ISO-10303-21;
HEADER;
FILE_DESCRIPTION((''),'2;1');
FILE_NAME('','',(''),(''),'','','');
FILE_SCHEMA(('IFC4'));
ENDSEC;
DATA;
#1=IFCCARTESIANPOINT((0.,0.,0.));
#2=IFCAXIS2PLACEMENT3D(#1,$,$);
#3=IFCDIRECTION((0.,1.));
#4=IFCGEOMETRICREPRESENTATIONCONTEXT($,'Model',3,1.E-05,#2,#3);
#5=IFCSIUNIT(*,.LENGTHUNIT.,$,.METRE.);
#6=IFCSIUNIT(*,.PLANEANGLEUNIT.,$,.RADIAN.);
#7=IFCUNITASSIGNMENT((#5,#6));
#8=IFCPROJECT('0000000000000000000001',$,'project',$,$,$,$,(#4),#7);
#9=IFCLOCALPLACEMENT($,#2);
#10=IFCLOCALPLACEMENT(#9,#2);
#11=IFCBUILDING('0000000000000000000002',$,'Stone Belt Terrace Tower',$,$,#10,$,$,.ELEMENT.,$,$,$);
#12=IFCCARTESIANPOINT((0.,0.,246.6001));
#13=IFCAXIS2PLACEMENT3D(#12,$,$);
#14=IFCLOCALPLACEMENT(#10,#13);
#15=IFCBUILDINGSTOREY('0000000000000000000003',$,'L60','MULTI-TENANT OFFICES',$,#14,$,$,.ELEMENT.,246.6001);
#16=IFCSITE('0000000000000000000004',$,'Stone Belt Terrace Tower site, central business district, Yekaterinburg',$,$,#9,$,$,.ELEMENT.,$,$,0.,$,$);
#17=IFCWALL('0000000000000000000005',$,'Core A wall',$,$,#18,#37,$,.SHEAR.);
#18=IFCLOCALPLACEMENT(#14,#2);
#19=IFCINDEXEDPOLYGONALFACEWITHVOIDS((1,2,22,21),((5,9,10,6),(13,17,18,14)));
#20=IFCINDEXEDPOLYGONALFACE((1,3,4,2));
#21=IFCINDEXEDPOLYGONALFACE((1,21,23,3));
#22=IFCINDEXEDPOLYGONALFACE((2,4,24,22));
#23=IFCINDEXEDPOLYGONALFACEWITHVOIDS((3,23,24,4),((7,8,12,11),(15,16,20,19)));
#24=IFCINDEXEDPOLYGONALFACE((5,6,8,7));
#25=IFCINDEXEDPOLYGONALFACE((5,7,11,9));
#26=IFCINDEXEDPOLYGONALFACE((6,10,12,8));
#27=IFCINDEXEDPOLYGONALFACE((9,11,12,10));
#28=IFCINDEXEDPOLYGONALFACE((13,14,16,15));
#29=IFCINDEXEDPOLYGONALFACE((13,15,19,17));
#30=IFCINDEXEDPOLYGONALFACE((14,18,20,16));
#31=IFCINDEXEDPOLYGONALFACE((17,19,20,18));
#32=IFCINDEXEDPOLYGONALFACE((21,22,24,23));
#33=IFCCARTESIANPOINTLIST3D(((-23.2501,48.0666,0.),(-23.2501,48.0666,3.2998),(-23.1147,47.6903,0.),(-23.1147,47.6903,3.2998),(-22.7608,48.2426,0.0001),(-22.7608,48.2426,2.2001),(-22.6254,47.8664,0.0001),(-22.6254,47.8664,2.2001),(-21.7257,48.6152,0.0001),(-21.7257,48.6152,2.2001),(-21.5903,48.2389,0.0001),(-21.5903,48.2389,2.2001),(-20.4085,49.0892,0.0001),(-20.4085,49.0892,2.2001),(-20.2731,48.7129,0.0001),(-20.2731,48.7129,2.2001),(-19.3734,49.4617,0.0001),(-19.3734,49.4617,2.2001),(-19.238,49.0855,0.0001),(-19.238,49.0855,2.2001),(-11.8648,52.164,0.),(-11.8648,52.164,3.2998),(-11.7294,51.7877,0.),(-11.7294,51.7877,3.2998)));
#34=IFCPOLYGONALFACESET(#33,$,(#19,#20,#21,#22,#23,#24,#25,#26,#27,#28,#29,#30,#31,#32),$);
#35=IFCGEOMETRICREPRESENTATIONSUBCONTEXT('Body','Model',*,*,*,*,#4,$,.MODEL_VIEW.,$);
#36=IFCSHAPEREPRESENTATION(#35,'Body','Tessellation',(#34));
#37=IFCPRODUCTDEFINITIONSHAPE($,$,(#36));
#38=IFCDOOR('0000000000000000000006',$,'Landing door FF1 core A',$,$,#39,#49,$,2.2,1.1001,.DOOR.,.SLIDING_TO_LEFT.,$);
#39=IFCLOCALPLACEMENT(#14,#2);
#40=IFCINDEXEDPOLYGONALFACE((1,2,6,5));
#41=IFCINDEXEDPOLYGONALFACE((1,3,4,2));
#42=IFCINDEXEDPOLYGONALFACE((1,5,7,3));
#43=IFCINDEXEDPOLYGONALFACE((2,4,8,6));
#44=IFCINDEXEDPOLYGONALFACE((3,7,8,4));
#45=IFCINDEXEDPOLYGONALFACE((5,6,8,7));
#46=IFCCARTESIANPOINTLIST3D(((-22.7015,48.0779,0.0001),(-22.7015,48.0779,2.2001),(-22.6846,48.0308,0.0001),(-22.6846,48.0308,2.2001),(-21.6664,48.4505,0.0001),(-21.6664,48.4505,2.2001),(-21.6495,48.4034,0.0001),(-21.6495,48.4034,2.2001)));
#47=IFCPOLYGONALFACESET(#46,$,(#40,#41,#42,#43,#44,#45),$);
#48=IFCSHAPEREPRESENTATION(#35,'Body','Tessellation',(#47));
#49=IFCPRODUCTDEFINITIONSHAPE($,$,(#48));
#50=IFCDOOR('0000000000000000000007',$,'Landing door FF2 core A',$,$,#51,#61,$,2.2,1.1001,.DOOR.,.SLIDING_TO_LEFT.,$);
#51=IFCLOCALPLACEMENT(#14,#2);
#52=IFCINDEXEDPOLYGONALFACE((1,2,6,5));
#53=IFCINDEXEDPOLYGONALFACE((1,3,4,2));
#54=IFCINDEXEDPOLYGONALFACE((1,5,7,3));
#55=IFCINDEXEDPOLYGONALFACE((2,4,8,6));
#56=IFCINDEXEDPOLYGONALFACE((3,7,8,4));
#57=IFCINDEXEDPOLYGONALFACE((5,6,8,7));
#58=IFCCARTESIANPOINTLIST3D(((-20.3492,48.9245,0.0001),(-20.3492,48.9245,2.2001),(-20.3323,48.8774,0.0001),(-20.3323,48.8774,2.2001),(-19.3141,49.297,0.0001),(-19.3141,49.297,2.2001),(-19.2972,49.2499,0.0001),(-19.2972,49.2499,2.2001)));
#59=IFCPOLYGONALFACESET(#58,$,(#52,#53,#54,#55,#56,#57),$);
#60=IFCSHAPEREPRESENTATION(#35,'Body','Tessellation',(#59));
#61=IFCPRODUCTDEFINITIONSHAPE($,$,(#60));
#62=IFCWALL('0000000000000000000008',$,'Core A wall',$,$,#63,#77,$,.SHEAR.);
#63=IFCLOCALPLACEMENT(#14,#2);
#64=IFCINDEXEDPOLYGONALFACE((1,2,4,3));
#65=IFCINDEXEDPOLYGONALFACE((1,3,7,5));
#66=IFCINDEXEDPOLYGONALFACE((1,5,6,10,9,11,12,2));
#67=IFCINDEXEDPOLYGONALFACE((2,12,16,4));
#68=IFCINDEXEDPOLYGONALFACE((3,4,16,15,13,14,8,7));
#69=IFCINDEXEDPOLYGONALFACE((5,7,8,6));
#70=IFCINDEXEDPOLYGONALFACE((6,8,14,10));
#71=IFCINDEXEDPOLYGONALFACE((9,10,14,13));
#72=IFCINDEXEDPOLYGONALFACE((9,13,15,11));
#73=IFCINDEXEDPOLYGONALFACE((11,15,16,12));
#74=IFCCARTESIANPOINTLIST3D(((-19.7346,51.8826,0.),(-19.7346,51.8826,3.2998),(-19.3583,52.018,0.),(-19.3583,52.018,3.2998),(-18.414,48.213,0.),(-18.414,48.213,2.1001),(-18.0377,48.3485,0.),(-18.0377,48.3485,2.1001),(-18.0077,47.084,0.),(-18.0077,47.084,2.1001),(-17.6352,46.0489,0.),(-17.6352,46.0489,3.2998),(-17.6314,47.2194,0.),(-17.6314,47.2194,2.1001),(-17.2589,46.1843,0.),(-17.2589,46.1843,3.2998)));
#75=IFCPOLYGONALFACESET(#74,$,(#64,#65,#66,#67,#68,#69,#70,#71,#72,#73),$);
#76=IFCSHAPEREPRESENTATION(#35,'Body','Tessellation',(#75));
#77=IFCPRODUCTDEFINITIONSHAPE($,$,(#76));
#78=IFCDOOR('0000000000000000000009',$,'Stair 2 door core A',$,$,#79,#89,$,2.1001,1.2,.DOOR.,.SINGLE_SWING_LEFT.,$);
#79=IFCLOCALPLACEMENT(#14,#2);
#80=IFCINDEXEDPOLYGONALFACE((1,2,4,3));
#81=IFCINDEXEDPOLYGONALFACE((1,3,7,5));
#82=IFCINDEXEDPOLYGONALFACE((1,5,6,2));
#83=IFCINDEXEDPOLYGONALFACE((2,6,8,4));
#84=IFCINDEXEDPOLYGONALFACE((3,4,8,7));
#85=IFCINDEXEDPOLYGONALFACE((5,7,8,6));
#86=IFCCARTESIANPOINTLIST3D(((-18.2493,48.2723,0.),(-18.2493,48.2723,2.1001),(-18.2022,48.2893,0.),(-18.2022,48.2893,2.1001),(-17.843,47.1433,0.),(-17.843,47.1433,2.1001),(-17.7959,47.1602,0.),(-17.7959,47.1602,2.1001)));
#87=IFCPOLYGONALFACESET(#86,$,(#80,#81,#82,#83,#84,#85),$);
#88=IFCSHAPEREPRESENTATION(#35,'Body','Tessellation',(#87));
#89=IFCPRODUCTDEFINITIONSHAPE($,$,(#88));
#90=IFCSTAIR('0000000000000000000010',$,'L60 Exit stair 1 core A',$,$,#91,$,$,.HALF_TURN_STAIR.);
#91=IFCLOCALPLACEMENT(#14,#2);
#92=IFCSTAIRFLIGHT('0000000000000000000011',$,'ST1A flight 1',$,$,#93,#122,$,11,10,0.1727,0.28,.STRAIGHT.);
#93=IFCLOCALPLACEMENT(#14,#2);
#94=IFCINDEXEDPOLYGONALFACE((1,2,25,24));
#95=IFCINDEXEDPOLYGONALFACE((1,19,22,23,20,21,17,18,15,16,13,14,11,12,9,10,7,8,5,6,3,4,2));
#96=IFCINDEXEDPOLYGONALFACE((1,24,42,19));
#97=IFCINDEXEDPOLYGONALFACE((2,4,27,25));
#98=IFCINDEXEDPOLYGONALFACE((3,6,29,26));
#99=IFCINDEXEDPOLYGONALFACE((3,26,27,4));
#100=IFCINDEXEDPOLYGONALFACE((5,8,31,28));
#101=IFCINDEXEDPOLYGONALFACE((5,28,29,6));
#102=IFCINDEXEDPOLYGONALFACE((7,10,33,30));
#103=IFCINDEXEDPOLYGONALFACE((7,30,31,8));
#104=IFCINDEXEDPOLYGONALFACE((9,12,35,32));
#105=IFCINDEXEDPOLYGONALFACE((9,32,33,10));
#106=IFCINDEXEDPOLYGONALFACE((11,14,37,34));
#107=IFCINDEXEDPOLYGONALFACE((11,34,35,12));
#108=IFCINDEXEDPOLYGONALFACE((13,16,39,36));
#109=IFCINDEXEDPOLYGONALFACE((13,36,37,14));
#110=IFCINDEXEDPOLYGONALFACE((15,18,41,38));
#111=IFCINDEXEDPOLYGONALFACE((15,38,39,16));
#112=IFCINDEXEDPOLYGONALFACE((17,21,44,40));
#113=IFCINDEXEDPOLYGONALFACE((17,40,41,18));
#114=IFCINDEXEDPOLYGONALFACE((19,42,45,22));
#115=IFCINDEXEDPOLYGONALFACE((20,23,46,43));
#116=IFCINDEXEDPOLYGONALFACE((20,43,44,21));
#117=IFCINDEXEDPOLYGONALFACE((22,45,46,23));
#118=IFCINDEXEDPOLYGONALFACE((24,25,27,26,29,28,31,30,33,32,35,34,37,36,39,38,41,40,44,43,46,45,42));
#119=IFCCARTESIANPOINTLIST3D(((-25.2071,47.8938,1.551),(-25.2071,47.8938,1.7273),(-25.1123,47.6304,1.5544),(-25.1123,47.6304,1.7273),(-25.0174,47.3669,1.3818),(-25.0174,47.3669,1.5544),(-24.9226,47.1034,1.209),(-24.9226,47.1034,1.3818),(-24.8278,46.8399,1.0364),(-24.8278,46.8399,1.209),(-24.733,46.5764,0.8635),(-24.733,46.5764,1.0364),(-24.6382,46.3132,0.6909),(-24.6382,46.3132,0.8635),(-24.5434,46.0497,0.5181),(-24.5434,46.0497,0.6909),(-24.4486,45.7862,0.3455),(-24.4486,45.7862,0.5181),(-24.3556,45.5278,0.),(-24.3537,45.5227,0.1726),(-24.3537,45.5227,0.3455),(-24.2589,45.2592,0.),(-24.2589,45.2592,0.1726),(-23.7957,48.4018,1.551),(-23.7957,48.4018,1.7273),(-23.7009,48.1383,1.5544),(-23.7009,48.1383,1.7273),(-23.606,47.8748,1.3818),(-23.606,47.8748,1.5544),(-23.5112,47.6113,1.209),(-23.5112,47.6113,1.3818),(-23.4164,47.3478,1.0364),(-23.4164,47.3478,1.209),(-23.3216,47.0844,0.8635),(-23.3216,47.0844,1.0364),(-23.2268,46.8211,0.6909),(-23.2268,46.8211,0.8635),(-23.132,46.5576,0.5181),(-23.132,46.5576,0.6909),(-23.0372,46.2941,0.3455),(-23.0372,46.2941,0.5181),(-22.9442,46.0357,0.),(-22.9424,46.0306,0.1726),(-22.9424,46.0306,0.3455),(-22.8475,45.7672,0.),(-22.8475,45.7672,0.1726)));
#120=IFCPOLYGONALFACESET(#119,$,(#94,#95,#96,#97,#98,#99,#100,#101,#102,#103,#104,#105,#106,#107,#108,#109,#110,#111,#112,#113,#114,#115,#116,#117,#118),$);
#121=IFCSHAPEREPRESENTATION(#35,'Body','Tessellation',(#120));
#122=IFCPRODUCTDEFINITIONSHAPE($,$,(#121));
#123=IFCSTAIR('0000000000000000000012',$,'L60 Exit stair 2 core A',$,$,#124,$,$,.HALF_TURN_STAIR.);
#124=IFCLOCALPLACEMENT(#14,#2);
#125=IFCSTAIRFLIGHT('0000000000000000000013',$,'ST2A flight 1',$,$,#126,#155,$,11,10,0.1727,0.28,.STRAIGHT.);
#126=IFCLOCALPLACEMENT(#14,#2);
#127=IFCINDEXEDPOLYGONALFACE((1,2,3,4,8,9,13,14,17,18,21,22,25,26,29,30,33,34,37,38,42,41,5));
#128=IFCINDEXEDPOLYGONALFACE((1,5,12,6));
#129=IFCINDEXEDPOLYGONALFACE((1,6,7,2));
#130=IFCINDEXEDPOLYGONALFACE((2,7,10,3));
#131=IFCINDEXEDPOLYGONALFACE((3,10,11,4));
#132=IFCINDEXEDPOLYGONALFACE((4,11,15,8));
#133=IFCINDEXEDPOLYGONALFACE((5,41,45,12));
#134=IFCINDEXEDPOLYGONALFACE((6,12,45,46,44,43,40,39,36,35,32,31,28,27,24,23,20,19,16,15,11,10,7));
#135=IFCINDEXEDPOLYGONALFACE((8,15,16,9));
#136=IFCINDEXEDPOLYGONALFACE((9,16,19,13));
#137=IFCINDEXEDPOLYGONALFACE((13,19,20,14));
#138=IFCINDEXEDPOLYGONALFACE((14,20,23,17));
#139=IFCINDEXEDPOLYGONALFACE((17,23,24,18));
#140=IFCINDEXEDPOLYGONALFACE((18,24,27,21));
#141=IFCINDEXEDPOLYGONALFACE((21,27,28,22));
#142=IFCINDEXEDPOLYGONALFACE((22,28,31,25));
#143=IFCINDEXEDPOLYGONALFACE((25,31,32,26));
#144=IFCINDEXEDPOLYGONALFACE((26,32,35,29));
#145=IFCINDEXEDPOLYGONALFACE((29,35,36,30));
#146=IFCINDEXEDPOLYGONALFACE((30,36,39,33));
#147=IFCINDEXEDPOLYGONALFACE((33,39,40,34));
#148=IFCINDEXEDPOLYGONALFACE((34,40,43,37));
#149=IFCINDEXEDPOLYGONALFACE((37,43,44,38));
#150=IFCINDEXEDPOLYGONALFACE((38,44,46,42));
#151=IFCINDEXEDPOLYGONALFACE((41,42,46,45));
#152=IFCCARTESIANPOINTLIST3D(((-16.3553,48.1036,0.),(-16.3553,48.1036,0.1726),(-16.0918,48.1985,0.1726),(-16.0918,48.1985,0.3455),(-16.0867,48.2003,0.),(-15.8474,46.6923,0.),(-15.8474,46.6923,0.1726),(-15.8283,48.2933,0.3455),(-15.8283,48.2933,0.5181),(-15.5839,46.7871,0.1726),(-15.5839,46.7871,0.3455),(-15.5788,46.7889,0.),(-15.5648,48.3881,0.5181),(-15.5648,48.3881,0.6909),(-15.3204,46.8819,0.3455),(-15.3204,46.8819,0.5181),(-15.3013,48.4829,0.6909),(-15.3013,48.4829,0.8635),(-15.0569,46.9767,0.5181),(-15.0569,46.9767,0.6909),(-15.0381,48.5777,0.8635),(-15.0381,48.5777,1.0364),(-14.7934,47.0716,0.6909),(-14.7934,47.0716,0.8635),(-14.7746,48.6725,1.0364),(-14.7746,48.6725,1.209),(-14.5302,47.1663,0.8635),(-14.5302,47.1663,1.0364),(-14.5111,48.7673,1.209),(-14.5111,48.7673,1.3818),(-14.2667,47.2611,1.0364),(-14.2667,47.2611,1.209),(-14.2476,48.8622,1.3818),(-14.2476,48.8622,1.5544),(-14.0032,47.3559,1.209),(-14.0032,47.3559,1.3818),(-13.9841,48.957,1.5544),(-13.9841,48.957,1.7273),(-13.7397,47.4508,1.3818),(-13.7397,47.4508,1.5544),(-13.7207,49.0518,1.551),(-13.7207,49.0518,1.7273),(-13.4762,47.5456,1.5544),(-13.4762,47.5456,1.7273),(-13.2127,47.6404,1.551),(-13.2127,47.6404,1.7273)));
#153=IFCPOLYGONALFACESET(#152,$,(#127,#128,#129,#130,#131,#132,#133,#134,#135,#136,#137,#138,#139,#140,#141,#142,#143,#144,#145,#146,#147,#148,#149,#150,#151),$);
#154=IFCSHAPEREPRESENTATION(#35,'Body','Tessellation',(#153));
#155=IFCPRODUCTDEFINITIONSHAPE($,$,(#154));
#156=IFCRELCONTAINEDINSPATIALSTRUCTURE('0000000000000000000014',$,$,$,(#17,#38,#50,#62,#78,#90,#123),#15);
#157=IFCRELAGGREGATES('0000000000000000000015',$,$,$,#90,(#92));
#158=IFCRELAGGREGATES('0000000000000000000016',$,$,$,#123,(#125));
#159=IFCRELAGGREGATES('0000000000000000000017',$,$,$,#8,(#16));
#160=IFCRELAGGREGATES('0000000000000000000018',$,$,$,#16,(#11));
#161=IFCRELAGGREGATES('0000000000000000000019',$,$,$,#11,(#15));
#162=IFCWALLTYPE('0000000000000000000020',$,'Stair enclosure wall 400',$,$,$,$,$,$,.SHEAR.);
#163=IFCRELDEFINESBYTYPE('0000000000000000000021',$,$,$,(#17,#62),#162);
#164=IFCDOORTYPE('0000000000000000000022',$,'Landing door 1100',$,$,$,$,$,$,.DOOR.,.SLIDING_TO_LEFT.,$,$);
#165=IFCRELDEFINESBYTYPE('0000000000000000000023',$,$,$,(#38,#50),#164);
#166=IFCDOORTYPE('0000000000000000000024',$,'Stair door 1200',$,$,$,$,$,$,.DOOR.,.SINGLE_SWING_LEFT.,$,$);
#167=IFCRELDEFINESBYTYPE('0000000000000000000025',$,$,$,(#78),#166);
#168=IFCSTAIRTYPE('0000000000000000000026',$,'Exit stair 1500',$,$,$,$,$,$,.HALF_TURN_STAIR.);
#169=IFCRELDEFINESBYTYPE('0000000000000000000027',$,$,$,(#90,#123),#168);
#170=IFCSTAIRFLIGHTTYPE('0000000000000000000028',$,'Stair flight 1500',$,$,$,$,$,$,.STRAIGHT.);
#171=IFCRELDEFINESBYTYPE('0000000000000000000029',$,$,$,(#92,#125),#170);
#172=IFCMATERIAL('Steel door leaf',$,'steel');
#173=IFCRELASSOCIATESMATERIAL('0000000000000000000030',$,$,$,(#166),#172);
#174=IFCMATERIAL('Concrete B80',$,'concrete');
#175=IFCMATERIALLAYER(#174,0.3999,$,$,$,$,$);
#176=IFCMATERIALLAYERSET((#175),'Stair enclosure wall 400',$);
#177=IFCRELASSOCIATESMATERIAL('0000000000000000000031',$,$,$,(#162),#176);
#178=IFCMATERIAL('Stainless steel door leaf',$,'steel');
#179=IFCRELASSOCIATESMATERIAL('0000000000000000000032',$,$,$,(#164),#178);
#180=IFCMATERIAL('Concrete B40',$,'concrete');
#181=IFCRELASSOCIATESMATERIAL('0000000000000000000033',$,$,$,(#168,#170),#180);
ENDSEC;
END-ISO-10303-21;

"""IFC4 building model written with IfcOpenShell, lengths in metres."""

from ifc_helpers import new_model, si_unit, direction, frame, frame_2d, origin, place, context, subcontext, project, spatial, polyline, rectangle, outline, extrude, material, layer, layer_set, type_object, element, fill, aggregate, save


model = new_model("IFC4")

# Units and contexts
model_context = context("Model", 3, precision=1e-05, world=origin(), true_north=direction((0.0, 1.0)))
body_context = subcontext(model_context, "Body", "Model", "MODEL_VIEW")
ifc_project = project(units=[si_unit("LENGTHUNIT", "METRE"), si_unit("PLANEANGLEUNIT", "RADIAN")], contexts=[model_context])

# Site, building, storey
site_placement = place(None, origin())
site = spatial("IfcSite", under=ifc_project, at=site_placement, Name="Stone Belt Terrace Tower site, central business district, Yekaterinburg", CompositionType="ELEMENT", RefElevation=0.0)
building_placement = place(site_placement, origin())
building = spatial("IfcBuilding", under=site, at=building_placement, Name="Stone Belt Terrace Tower", CompositionType="ELEMENT")
storey_placement = place(building_placement, frame((0.0, 0.0, 246.6001)))
storey = spatial("IfcBuildingStorey", under=building, at=storey_placement, Name="L60", Description="MULTI-TENANT OFFICES", CompositionType="ELEMENT", Elevation=246.6001)

# Shared definitions
ifc_material_1 = material(Name="Concrete B80", Category="concrete")

# Shared definitions
ifc_material_2 = material(Name="Steel door leaf", Category="steel")
door_type_1 = type_object("IfcDoorType", Name="Stair door 1200", OperationType="SINGLE_SWING_LEFT", PredefinedType="DOOR", material=ifc_material_2)
ifc_layer_1 = layer(ifc_material_1, 0.3999)
ifc_layer_set_1 = layer_set([ifc_layer_1], Name="Stair enclosure wall 400")
wall_type_1 = type_object("IfcWallType", Name="Stair enclosure wall 400", PredefinedType="SHEAR", material=ifc_layer_set_1)

# Wall, openings, doors
wall_1_placement = place(storey_placement, frame((-23.1824, 47.8784, 0.0), z_axis=(0.0, 0.0, 1.0), x_axis=(0.940921, 0.338626, 0.0)))
wall_1 = element("IfcWall", 1, at=wall_1_placement, inside=storey, type_object=wall_type_1, Name="Core A wall", PredefinedType="SHEAR", context=body_context, shape_type="SweptSolid", body=[
    extrude(rectangle(XDim=12.1001, YDim=0.3999, at=frame_2d((6.05, 0.0))), origin(), (0.0, 0.0, 1.0), 3.2998),
])
opening_1_placement = place(wall_1_placement, frame((0.52, 0.0, 0.0)))
opening_1 = element("IfcOpeningElement", 2, at=opening_1_placement, cuts=wall_1, PredefinedType="OPENING", context=body_context, shape_type="SweptSolid", body=[
    extrude(rectangle(XDim=1.1001, YDim=2.2, at=frame_2d((0.55, 1.1001))), frame((0.0, 0.21, 0.0), z_axis=(0.0, -1.0, 0.0), x_axis=(1.0, 0.0, 0.0)), (0.0, 0.0, 1.0), 0.4199),
])
opening_2_placement = place(wall_1_placement, frame((3.02, 0.0, 0.0)))
opening_2 = element("IfcOpeningElement", 3, at=opening_2_placement, cuts=wall_1, PredefinedType="OPENING", context=body_context, shape_type="SweptSolid", body=[
    extrude(rectangle(XDim=1.1001, YDim=2.2, at=frame_2d((0.55, 1.1001))), frame((0.0, 0.21, 0.0), z_axis=(0.0, -1.0, 0.0), x_axis=(1.0, 0.0, 0.0)), (0.0, 0.0, 1.0), 0.4199),
])
ifc_material_3 = material(Name="Stainless steel door leaf", Category="steel")
door_type_2 = type_object("IfcDoorType", Name="Landing door 1100", OperationType="SLIDING_TO_LEFT", PredefinedType="DOOR", material=ifc_material_3)
door_1_placement = place(opening_1_placement, origin())
door_1 = element("IfcDoor", 4, at=door_1_placement, inside=storey, type_object=door_type_2, Name="Landing door FF1 core A", OperationType="SLIDING_TO_LEFT", OverallHeight=2.2, OverallWidth=1.1001, PredefinedType="DOOR", context=body_context, shape_type="SweptSolid", body=[
    extrude(rectangle(XDim=1.1001, YDim=2.2, at=frame_2d((0.55, 1.1001))), frame((0.0, 0.0249, 0.0), z_axis=(0.0, -1.0, 0.0), x_axis=(1.0, 0.0, 0.0)), (0.0, 0.0, 1.0), 0.05),
])
fill(opening_1, door_1)
door_2_placement = place(opening_2_placement, origin())
door_2 = element("IfcDoor", 5, at=door_2_placement, inside=storey, type_object=door_type_2, Name="Landing door FF2 core A", OperationType="SLIDING_TO_LEFT", OverallHeight=2.2, OverallWidth=1.1001, PredefinedType="DOOR", context=body_context, shape_type="SweptSolid", body=[
    extrude(rectangle(XDim=1.1001, YDim=2.2, at=frame_2d((0.55, 1.1001))), frame((0.0, 0.0249, 0.0), z_axis=(0.0, -1.0, 0.0), x_axis=(1.0, 0.0, 0.0)), (0.0, 0.0, 1.0), 0.05),
])
fill(opening_2, door_2)

# Wall, opening, door
wall_2_placement = place(storey_placement, frame((-17.447, 46.1165, 0.0), z_axis=(0.0, 0.0, 1.0), x_axis=(-0.338608, 0.940928, 0.0)))
wall_2 = element("IfcWall", 6, at=wall_2_placement, inside=storey, type_object=wall_type_1, Name="Core A wall", PredefinedType="SHEAR", context=body_context, shape_type="SweptSolid", body=[
    extrude(rectangle(XDim=6.2, YDim=0.3999, at=frame_2d((3.1001, 0.0))), origin(), (0.0, 0.0, 1.0), 3.2998),
])
opening_3_placement = place(wall_2_placement, frame((1.1001, 0.0, 0.0)))
opening_3 = element("IfcOpeningElement", 7, at=opening_3_placement, cuts=wall_2, PredefinedType="OPENING", context=body_context, shape_type="SweptSolid", body=[
    extrude(rectangle(XDim=1.2, YDim=2.1001, at=frame_2d((0.6001, 1.05))), frame((0.0, 0.21, 0.0), z_axis=(0.0, -1.0, 0.0), x_axis=(1.0, 0.0, 0.0)), (0.0, 0.0, 1.0), 0.4199),
])
door_3_placement = place(opening_3_placement, origin())
door_3 = element("IfcDoor", 8, at=door_3_placement, inside=storey, type_object=door_type_1, Name="Stair 2 door core A", OperationType="SINGLE_SWING_LEFT", OverallHeight=2.1001, OverallWidth=1.2, PredefinedType="DOOR", context=body_context, shape_type="SweptSolid", body=[
    extrude(rectangle(XDim=1.2, YDim=2.1001, at=frame_2d((0.6001, 1.05))), frame((0.0, 0.0249, 0.0), z_axis=(0.0, -1.0, 0.0), x_axis=(1.0, 0.0, 0.0)), (0.0, 0.0, 1.0), 0.05),
])
fill(opening_3, door_3)

# Stairs, stair flights
ifc_material_4 = material(Name="Concrete B40", Category="concrete")
stair_type = type_object("IfcStairType", Name="Exit stair 1500", PredefinedType="HALF_TURN_STAIR", material=ifc_material_4)
stair_1_placement = place(storey_placement, origin())
stair_1 = element("IfcStair", 9, at=stair_1_placement, inside=storey, type_object=stair_type, Name="L60 Exit stair 1 core A", PredefinedType="HALF_TURN_STAIR")
stair_flight_type = type_object("IfcStairFlightType", Name="Stair flight 1500", PredefinedType="STRAIGHT", material=ifc_material_4)
stair_flight_1_placement = place(storey_placement, frame((-23.5532, 45.5132, 0.0), z_axis=(0.0, 0.0, 1.0), x_axis=(-0.338624, 0.940922, 0.0)))
stair_flight_1 = element("IfcStairFlight", 10, at=stair_flight_1_placement, type_object=stair_flight_type, Name="ST1A flight 1", NumberOfRisers=11, NumberOfTreads=10, PredefinedType="STRAIGHT", RiserHeight=0.1727, TreadLength=0.28, context=body_context, shape_type="SweptSolid", body=[
    extrude(outline(polyline([(0.0, 0.0), (0.0, 0.1726), (0.28, 0.1726), (0.28, 0.3455), (0.5601, 0.3455), (0.5601, 0.5181), (0.8401, 0.5181), (0.8401, 0.6909), (1.1201, 0.6909), (1.1201, 0.8635), (1.3999, 0.8635), (1.3999, 1.0364), (1.6799, 1.0364), (1.6799, 1.209), (1.96, 1.209), (1.96, 1.3818), (2.24, 1.3818), (2.24, 1.5544), (2.52, 1.5544), (2.52, 1.7273), (2.8, 1.7273), (2.8, 1.8999), (2.8, 1.551), (0.2854, 0.0), (0.0, 0.0)])), frame((0.0, 0.75, 0.0), z_axis=(0.0, -1.0, 0.0), x_axis=(1.0, 0.0, 0.0)), (0.0, 0.0, 1.0), 1.5),
])
aggregate(stair_1, [stair_flight_1])
stair_2_placement = place(storey_placement, origin())
stair_2 = element("IfcStair", 11, at=stair_2_placement, inside=storey, type_object=stair_type, Name="L60 Exit stair 2 core A", PredefinedType="HALF_TURN_STAIR")
stair_flight_2_placement = place(storey_placement, frame((-16.1013, 47.3979, 0.0), z_axis=(0.0, 0.0, 1.0), x_axis=(0.940922, 0.338624, 0.0)))
stair_flight_2 = element("IfcStairFlight", 12, at=stair_flight_2_placement, type_object=stair_flight_type, Name="ST2A flight 1", NumberOfRisers=11, NumberOfTreads=10, PredefinedType="STRAIGHT", RiserHeight=0.1727, TreadLength=0.28, context=body_context, shape_type="SweptSolid", body=[
    extrude(outline(polyline([(0.0, 0.0), (0.0, 0.1726), (0.28, 0.1726), (0.28, 0.3455), (0.5601, 0.3455), (0.5601, 0.5181), (0.8401, 0.5181), (0.8401, 0.6909), (1.1201, 0.6909), (1.1201, 0.8635), (1.3999, 0.8635), (1.3999, 1.0364), (1.6799, 1.0364), (1.6799, 1.209), (1.96, 1.209), (1.96, 1.3818), (2.24, 1.3818), (2.24, 1.5544), (2.52, 1.5544), (2.52, 1.7273), (2.8, 1.7273), (2.8, 1.8999), (2.8, 1.551), (0.2854, 0.0), (0.0, 0.0)])), frame((0.0, 0.75, 0.0), z_axis=(0.0, -1.0, 0.0), x_axis=(1.0, 0.0, 0.0)), (0.0, 0.0, 1.0), 1.5),
])
aggregate(stair_2, [stair_flight_2])

save(model, "model.ifc")
